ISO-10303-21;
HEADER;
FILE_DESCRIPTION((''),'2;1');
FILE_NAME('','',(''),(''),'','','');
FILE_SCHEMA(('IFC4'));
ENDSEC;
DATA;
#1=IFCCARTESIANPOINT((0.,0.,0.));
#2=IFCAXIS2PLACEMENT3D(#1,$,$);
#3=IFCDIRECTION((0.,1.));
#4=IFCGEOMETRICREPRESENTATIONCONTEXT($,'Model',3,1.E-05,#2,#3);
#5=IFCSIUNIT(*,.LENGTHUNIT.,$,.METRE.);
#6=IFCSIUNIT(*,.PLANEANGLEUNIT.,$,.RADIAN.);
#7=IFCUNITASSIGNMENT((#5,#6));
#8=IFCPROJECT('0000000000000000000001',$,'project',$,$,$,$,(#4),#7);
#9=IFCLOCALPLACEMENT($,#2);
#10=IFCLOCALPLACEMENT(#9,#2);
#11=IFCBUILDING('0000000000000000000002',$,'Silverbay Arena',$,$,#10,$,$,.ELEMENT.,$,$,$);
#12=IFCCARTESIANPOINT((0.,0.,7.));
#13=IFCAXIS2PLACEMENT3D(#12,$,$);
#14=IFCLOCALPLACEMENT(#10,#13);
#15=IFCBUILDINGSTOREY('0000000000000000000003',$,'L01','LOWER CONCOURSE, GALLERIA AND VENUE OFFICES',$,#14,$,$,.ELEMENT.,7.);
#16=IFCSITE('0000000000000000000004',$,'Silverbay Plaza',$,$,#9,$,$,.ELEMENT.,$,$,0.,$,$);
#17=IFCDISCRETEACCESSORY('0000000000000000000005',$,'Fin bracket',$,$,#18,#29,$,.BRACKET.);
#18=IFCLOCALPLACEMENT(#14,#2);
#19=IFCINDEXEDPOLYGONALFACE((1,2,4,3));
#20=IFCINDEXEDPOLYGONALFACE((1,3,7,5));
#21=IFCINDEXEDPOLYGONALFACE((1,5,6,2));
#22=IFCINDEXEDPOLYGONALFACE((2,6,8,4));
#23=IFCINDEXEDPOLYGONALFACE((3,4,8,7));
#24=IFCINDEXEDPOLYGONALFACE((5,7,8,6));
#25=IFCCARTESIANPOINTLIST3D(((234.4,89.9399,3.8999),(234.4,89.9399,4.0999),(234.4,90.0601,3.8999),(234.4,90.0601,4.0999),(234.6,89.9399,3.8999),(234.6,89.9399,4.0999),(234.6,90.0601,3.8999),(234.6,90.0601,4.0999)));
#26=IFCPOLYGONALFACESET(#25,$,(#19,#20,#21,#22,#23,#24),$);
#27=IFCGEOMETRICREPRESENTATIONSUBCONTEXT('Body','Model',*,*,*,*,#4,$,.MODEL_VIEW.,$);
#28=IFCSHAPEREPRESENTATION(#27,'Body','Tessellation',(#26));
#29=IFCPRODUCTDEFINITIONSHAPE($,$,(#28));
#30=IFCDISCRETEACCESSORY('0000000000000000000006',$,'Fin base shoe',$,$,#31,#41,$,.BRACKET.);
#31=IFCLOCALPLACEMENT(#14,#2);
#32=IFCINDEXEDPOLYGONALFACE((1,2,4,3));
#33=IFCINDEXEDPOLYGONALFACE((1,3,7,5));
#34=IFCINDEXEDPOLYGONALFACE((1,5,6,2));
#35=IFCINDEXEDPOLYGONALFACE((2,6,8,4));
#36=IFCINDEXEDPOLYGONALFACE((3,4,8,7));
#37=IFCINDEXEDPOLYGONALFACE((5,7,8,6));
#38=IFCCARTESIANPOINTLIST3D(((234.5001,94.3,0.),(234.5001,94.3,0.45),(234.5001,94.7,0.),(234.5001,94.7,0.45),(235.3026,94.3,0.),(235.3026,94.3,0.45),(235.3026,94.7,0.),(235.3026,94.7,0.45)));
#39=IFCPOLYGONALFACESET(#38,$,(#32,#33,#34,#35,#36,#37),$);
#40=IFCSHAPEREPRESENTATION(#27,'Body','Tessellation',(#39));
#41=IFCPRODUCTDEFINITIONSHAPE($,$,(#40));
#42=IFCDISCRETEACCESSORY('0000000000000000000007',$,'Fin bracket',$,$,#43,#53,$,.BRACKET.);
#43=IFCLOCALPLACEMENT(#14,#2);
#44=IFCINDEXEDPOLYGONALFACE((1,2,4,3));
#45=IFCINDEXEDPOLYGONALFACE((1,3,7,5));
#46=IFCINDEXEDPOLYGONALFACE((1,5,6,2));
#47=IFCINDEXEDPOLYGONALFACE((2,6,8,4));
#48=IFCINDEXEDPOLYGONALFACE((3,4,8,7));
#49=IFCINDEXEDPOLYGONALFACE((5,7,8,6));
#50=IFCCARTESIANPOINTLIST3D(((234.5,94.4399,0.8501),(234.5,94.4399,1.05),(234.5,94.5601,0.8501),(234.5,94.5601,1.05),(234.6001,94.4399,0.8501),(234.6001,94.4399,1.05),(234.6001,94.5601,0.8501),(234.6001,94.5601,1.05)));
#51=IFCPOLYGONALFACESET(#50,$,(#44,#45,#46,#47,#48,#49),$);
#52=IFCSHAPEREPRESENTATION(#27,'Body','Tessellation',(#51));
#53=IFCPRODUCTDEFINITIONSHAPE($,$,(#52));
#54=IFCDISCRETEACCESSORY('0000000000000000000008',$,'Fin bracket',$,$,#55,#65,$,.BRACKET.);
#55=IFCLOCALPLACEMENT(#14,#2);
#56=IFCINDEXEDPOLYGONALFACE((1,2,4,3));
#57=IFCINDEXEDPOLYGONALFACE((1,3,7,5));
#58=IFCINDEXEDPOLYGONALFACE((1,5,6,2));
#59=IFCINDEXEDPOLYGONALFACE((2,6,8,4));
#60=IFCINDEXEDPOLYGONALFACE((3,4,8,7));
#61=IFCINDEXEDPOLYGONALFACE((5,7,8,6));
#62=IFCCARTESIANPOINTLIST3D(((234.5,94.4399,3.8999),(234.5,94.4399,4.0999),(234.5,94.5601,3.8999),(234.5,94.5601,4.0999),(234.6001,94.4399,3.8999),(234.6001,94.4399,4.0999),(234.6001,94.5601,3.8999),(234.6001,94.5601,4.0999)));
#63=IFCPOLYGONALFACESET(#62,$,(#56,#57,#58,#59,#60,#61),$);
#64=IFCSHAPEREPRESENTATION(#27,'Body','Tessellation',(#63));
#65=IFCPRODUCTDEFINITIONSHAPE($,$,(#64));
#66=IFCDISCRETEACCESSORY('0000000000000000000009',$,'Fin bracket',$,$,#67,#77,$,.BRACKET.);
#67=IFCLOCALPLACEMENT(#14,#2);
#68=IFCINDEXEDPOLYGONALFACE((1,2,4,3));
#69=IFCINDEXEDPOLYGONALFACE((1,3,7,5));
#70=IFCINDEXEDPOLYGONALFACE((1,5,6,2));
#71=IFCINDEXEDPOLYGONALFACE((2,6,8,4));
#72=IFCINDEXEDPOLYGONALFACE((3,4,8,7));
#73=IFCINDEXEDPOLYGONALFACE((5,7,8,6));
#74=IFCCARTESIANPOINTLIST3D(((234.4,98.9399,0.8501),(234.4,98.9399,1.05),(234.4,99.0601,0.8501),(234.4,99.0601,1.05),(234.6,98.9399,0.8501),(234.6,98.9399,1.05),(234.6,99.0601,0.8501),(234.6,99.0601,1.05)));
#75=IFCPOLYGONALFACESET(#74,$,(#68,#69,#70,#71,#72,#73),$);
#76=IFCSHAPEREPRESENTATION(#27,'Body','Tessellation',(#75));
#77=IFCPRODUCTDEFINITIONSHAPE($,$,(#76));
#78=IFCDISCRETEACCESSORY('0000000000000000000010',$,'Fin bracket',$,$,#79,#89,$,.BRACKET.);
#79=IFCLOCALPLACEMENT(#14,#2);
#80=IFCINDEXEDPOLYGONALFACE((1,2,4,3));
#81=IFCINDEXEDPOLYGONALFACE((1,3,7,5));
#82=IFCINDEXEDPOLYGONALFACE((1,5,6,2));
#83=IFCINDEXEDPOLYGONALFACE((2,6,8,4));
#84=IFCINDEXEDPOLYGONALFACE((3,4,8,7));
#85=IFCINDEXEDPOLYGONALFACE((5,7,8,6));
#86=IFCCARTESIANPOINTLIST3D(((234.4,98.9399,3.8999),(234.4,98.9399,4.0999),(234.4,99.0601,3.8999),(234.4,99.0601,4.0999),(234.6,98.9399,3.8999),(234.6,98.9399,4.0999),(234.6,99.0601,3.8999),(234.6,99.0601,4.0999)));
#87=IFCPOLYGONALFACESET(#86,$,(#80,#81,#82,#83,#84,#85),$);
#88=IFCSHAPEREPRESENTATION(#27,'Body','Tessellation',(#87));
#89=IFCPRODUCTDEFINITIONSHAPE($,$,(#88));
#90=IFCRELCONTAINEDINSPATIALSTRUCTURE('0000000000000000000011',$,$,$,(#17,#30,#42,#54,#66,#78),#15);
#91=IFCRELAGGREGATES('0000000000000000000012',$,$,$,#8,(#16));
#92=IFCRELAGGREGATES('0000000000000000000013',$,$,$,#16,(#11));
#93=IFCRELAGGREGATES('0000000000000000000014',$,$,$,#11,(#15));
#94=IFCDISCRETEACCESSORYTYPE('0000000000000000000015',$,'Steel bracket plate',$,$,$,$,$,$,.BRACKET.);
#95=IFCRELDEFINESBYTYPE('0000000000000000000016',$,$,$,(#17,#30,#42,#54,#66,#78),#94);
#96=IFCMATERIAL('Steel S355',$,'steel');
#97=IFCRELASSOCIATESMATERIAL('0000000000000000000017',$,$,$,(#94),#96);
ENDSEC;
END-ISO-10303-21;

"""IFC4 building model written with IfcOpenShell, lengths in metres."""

from ifc_helpers import new_model, si_unit, direction, frame, origin, origin_2d, place, context, subcontext, project, spatial, rectangle, extrude, material, type_object, element, save


model = new_model("IFC4")

# Units and contexts
model_context = context("Model", 3, precision=1e-05, world=origin(), true_north=direction((0.0, 1.0)))
body_context = subcontext(model_context, "Body", "Model", "MODEL_VIEW")
ifc_project = project(units=[si_unit("LENGTHUNIT", "METRE"), si_unit("PLANEANGLEUNIT", "RADIAN")], contexts=[model_context])

# Site, building, storey
site_placement = place(None, origin())
site = spatial("IfcSite", under=ifc_project, at=site_placement, Name="Silverbay Plaza", CompositionType="ELEMENT", RefElevation=0.0)
building_placement = place(site_placement, origin())
building = spatial("IfcBuilding", under=site, at=building_placement, Name="Silverbay Arena", CompositionType="ELEMENT")
storey_placement = place(building_placement, frame((0.0, 0.0, 7.0)))
storey = spatial("IfcBuildingStorey", under=building, at=storey_placement, Name="L01", Description="LOWER CONCOURSE, GALLERIA AND VENUE OFFICES", CompositionType="ELEMENT", Elevation=7.0)

# Discrete accessories
ifc_material_1 = material(Name="Steel S355", Category="steel")
discrete_accessory_type = type_object("IfcDiscreteAccessoryType", Name="Steel bracket plate", PredefinedType="BRACKET", material=ifc_material_1)
for number, where, z_axis, x_axis, name in (
    (1, (234.5, 90.0, 3.8999), (0.0, 0.0, 1.0), (1.0, 0.0, 0.0), "Fin bracket"),
):
    element("IfcDiscreteAccessory", number, at=place(storey_placement, frame(where, z_axis=z_axis, x_axis=x_axis)), inside=storey, type_object=discrete_accessory_type, Name=name, PredefinedType="BRACKET", context=body_context, shape_type="SweptSolid", body=[
        extrude(rectangle(XDim=0.2, YDim=0.1201, at=origin_2d()), origin(), (0.0, 0.0, 1.0), 0.2),
    ])
discrete_accessory_1_placement = place(storey_placement, frame((234.9014, 94.5, 0.0), z_axis=(0.0, 0.0, 1.0), x_axis=(1.0, 0.0, 0.0)))
element("IfcDiscreteAccessory", 2, at=discrete_accessory_1_placement, inside=storey, type_object=discrete_accessory_type, Name="Fin base shoe", PredefinedType="BRACKET", context=body_context, shape_type="SweptSolid", body=[
    extrude(rectangle(XDim=0.8025, YDim=0.3999, at=origin_2d()), origin(), (0.0, 0.0, 1.0), 0.45),
])
for number, where, z_axis, x_axis, name in (
    (3, (234.55, 94.5, 0.8501), (0.0, 0.0, 1.0), (1.0, 0.0, 0.0), "Fin bracket"),
    (4, (234.55, 94.5, 3.8999), (0.0, 0.0, 1.0), (1.0, 0.0, 0.0), "Fin bracket"),
):
    element("IfcDiscreteAccessory", number, at=place(storey_placement, frame(where, z_axis=z_axis, x_axis=x_axis)), inside=storey, type_object=discrete_accessory_type, Name=name, PredefinedType="BRACKET", context=body_context, shape_type="SweptSolid", body=[
        extrude(rectangle(XDim=0.1001, YDim=0.1201, at=origin_2d()), origin(), (0.0, 0.0, 1.0), 0.2),
    ])
for number, where, z_axis, x_axis, name in (
    (5, (234.5, 99.0, 0.8501), (0.0, 0.0, 1.0), (1.0, 0.0, 0.0), "Fin bracket"),
    (6, (234.5, 99.0, 3.8999), (0.0, 0.0, 1.0), (1.0, 0.0, 0.0), "Fin bracket"),
):
    element("IfcDiscreteAccessory", number, at=place(storey_placement, frame(where, z_axis=z_axis, x_axis=x_axis)), inside=storey, type_object=discrete_accessory_type, Name=name, PredefinedType="BRACKET", context=body_context, shape_type="SweptSolid", body=[
        extrude(rectangle(XDim=0.2, YDim=0.1201, at=origin_2d()), origin(), (0.0, 0.0, 1.0), 0.2),
    ])

save(model, "model.ifc")
